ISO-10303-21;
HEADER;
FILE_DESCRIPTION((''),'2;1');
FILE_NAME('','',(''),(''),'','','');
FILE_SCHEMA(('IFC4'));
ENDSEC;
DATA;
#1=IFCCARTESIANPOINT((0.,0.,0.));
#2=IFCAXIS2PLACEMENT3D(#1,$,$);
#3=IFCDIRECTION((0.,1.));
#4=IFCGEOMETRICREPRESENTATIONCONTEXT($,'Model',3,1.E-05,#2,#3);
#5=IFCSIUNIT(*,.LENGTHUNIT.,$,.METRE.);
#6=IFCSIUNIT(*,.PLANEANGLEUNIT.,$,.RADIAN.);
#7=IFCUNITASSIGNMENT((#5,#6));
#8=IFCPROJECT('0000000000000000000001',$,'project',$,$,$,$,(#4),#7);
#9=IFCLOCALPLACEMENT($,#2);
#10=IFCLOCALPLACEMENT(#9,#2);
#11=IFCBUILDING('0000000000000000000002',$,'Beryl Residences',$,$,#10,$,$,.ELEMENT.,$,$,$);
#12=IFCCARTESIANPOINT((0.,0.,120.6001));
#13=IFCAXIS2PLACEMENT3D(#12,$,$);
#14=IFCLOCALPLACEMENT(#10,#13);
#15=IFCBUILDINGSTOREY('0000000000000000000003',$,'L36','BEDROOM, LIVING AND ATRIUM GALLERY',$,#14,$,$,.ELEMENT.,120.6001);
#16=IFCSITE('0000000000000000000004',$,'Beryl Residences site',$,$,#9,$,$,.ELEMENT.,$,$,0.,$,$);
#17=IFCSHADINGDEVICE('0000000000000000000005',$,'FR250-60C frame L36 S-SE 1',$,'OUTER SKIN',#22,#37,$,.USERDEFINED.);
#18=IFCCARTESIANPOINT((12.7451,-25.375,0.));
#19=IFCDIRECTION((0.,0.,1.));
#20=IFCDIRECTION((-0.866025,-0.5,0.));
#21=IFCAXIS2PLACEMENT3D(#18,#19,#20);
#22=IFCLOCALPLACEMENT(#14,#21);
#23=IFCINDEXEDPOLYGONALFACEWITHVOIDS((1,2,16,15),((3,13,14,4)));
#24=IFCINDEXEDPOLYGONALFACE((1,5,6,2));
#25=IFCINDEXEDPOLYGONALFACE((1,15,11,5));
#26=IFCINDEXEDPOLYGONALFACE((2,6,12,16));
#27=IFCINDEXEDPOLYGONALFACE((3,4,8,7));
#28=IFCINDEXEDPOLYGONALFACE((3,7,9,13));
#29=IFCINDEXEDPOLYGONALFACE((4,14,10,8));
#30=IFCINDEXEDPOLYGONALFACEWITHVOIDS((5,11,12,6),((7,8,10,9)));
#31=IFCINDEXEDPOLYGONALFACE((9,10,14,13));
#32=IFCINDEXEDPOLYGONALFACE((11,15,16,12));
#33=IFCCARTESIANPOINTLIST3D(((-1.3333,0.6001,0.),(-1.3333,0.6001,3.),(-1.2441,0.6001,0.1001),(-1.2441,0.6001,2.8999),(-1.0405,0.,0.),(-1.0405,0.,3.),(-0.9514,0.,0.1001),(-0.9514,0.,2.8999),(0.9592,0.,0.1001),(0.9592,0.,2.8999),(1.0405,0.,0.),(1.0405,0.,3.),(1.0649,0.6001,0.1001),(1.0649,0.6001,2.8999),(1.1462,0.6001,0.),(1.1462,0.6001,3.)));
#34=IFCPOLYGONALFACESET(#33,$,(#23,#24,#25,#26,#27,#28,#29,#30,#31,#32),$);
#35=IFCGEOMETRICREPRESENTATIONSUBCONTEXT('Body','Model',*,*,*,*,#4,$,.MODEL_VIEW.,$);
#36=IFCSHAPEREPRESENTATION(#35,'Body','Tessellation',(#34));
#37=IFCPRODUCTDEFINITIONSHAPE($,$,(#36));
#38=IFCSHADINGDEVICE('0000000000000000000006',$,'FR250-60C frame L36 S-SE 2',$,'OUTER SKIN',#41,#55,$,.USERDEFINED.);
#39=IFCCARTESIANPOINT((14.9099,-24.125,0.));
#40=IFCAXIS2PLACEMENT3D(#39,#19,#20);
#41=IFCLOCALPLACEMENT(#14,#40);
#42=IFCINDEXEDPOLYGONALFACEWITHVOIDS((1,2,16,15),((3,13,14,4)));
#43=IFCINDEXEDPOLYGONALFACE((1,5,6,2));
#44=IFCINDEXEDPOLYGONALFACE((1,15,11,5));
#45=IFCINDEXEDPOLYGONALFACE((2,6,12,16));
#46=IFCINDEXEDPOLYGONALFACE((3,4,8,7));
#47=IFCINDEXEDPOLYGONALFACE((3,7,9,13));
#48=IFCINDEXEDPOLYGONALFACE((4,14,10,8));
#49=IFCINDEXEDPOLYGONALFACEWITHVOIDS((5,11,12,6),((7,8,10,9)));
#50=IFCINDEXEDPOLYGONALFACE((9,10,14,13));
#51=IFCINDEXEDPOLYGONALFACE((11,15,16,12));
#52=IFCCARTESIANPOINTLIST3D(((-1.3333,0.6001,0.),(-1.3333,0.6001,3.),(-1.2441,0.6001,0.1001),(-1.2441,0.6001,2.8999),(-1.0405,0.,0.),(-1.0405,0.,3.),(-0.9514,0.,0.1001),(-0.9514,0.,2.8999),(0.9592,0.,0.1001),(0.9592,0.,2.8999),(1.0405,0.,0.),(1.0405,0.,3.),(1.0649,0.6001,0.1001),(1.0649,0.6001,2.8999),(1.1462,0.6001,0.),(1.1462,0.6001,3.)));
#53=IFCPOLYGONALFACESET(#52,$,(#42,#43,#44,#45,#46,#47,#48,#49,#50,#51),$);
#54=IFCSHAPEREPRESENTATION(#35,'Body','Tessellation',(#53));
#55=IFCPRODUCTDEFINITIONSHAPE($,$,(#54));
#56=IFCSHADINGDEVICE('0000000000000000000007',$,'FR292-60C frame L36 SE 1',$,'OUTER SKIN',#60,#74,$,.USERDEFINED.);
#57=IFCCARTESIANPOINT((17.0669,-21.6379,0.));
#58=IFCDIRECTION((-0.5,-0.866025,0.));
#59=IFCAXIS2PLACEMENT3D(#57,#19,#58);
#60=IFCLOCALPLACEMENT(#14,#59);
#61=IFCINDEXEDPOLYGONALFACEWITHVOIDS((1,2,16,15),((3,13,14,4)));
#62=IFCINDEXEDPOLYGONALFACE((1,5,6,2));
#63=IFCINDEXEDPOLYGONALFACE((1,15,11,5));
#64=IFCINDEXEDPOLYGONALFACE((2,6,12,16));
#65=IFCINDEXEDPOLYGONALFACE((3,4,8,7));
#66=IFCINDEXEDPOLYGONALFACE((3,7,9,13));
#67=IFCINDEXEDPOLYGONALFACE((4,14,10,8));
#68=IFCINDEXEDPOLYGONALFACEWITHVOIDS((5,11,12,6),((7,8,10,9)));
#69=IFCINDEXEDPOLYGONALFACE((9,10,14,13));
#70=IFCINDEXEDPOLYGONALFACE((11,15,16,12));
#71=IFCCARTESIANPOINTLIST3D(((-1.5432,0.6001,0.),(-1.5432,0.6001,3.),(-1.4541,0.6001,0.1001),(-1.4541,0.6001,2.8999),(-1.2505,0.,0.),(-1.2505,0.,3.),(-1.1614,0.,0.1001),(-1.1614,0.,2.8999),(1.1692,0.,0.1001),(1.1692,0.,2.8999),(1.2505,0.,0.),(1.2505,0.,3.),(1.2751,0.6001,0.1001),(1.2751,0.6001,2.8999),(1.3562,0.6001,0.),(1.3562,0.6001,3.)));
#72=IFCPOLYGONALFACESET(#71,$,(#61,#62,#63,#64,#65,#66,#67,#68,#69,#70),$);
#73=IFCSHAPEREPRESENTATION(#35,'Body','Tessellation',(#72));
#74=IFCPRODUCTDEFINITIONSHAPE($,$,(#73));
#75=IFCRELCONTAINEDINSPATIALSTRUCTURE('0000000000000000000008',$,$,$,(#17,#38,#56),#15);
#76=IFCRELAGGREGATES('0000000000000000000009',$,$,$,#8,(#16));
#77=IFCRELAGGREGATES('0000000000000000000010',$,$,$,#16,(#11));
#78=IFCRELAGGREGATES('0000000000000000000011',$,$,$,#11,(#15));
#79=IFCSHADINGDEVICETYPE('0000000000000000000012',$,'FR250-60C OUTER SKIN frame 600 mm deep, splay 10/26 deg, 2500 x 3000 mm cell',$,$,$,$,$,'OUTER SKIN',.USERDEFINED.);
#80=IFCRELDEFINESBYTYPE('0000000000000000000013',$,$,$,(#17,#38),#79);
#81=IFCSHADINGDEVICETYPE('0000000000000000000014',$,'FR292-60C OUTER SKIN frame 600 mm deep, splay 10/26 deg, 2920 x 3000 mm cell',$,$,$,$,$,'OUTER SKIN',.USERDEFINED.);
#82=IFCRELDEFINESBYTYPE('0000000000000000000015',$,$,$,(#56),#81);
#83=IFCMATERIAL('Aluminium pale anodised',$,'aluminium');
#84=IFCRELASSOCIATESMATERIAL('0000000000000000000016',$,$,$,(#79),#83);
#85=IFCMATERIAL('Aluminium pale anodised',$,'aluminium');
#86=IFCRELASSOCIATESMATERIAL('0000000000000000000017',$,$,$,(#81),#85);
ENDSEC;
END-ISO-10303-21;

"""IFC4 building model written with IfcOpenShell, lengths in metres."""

from ifc_helpers import new_model, entity, si_unit, direction, frame, origin, place, context, subcontext, project, spatial, source, transform, mapped, material, type_object, type_shapes, element, save


model = new_model("IFC4")

# Units and contexts
model_context = context("Model", 3, precision=1e-05, world=origin(), true_north=direction((0.0, 1.0)))
body_context = subcontext(model_context, "Body", "Model", "MODEL_VIEW")
ifc_project = project(units=[si_unit("LENGTHUNIT", "METRE"), si_unit("PLANEANGLEUNIT", "RADIAN")], contexts=[model_context])

# Site, building, storey
site_placement = place(None, origin())
site = spatial("IfcSite", under=ifc_project, at=site_placement, Name="Beryl Residences site", CompositionType="ELEMENT", RefElevation=0.0)
building_placement = place(site_placement, origin())
building = spatial("IfcBuilding", under=site, at=building_placement, Name="Beryl Residences", CompositionType="ELEMENT")
storey_placement = place(building_placement, frame((0.0, 0.0, 120.6001)))
storey = spatial("IfcBuildingStorey", under=building, at=storey_placement, Name="L36", Description="BEDROOM, LIVING AND ATRIUM GALLERY", CompositionType="ELEMENT", Elevation=120.6001)

# Shading devices
ifc_material_1 = material(Name="Aluminium pale anodised", Category="aluminium")
shading_device_type_1 = type_object("IfcShadingDeviceType", Name="FR250-60C OUTER SKIN frame 600 mm deep, splay 10/26 deg, 2500 x 3000 mm cell", ElementType="OUTER SKIN", PredefinedType="USERDEFINED", material=ifc_material_1)
cartesian_point_1 = entity("IfcCartesianPoint", [-1.0405, 0.0])
cartesian_point_2 = entity("IfcCartesianPoint", [-0.9592, 0.1001])
cartesian_point_3 = entity("IfcCartesianPoint", [-1.1462, 0.0])
cartesian_point_4 = entity("IfcCartesianPoint", [-1.0649, 0.1001])
shared_shape_1 = source(origin(), body_context, "Body", "SweptSolid", [
    entity("IfcExtrudedAreaSolidTapered", entity("IfcArbitraryProfileDefWithVoids", "AREA", None, entity("IfcPolyline", [cartesian_point_1, entity("IfcCartesianPoint", [1.0405, 0.0]), entity("IfcCartesianPoint", [1.0405, 3.0]), entity("IfcCartesianPoint", [-1.0405, 3.0]), cartesian_point_1]), [entity("IfcPolyline", [cartesian_point_2, entity("IfcCartesianPoint", [0.9514, 0.1001]), entity("IfcCartesianPoint", [0.9514, 2.8999]), entity("IfcCartesianPoint", [-0.9592, 2.8999]), cartesian_point_2])]), entity("IfcAxis2Placement3D", entity("IfcCartesianPoint", [0.0, 0.0, 0.0]), entity("IfcDirection", [0.0, 1.0, 0.0]), entity("IfcDirection", [-1.0, 0.0, 0.0])), entity("IfcDirection", [0.0, 0.0, 1.0]), 0.6001, entity("IfcArbitraryProfileDefWithVoids", "AREA", None, entity("IfcPolyline", [cartesian_point_3, entity("IfcCartesianPoint", [1.3333, 0.0]), entity("IfcCartesianPoint", [1.3333, 3.0]), entity("IfcCartesianPoint", [-1.1462, 3.0]), cartesian_point_3]), [entity("IfcPolyline", [cartesian_point_4, entity("IfcCartesianPoint", [1.2441, 0.1001]), entity("IfcCartesianPoint", [1.2441, 2.8999]), entity("IfcCartesianPoint", [-1.0649, 2.8999]), cartesian_point_4])])),
])
type_shapes(shading_device_type_1, [shared_shape_1])
for number, where, z_axis, x_axis, name in (
    (1, (12.7451, -25.375, 0.0), (0.0, 0.0, 1.0), (-0.866025, -0.5, 0.0), "FR250-60C frame L36 S-SE 1"),
    (2, (14.9099, -24.125, 0.0), (0.0, 0.0, 1.0), (-0.866025, -0.5, 0.0), "FR250-60C frame L36 S-SE 2"),
):
    element("IfcShadingDevice", number, at=place(storey_placement, frame(where, z_axis=z_axis, x_axis=x_axis)), inside=storey, type_object=shading_device_type_1, Name=name, ObjectType="OUTER SKIN", PredefinedType="USERDEFINED", context=body_context, shape_type="MappedRepresentation", body=[
        mapped(shared_shape_1, transform((0.0, 0.0, 0.0))),
    ])
ifc_material_2 = material(Name="Aluminium pale anodised", Category="aluminium")
shading_device_type_2 = type_object("IfcShadingDeviceType", Name="FR292-60C OUTER SKIN frame 600 mm deep, splay 10/26 deg, 2920 x 3000 mm cell", ElementType="OUTER SKIN", PredefinedType="USERDEFINED", material=ifc_material_2)
cartesian_point_5 = entity("IfcCartesianPoint", [-1.2505, 0.0])
cartesian_point_6 = entity("IfcCartesianPoint", [-1.1692, 0.1001])
cartesian_point_7 = entity("IfcCartesianPoint", [-1.3562, 0.0])
cartesian_point_8 = entity("IfcCartesianPoint", [-1.2751, 0.1001])
shared_shape_2 = source(origin(), body_context, "Body", "SweptSolid", [
    entity("IfcExtrudedAreaSolidTapered", entity("IfcArbitraryProfileDefWithVoids", "AREA", None, entity("IfcPolyline", [cartesian_point_5, entity("IfcCartesianPoint", [1.2505, 0.0]), entity("IfcCartesianPoint", [1.2505, 3.0]), entity("IfcCartesianPoint", [-1.2505, 3.0]), cartesian_point_5]), [entity("IfcPolyline", [cartesian_point_6, entity("IfcCartesianPoint", [1.1614, 0.1001]), entity("IfcCartesianPoint", [1.1614, 2.8999]), entity("IfcCartesianPoint", [-1.1692, 2.8999]), cartesian_point_6])]), entity("IfcAxis2Placement3D", entity("IfcCartesianPoint", [0.0, 0.0, 0.0]), entity("IfcDirection", [0.0, 1.0, 0.0]), entity("IfcDirection", [-1.0, 0.0, 0.0])), entity("IfcDirection", [0.0, 0.0, 1.0]), 0.6001, entity("IfcArbitraryProfileDefWithVoids", "AREA", None, entity("IfcPolyline", [cartesian_point_7, entity("IfcCartesianPoint", [1.5432, 0.0]), entity("IfcCartesianPoint", [1.5432, 3.0]), entity("IfcCartesianPoint", [-1.3562, 3.0]), cartesian_point_7]), [entity("IfcPolyline", [cartesian_point_8, entity("IfcCartesianPoint", [1.4541, 0.1001]), entity("IfcCartesianPoint", [1.4541, 2.8999]), entity("IfcCartesianPoint", [-1.2751, 2.8999]), cartesian_point_8])])),
])
type_shapes(shading_device_type_2, [shared_shape_2])
shading_device_placement = place(storey_placement, frame((17.0669, -21.6379, 0.0), z_axis=(0.0, 0.0, 1.0), x_axis=(-0.5, -0.866025, 0.0)))
element("IfcShadingDevice", 3, at=shading_device_placement, inside=storey, type_object=shading_device_type_2, Name="FR292-60C frame L36 SE 1", ObjectType="OUTER SKIN", PredefinedType="USERDEFINED", context=body_context, shape_type="MappedRepresentation", body=[
    mapped(shared_shape_2, transform((0.0, 0.0, 0.0))),
])

save(model, "model.ifc")
